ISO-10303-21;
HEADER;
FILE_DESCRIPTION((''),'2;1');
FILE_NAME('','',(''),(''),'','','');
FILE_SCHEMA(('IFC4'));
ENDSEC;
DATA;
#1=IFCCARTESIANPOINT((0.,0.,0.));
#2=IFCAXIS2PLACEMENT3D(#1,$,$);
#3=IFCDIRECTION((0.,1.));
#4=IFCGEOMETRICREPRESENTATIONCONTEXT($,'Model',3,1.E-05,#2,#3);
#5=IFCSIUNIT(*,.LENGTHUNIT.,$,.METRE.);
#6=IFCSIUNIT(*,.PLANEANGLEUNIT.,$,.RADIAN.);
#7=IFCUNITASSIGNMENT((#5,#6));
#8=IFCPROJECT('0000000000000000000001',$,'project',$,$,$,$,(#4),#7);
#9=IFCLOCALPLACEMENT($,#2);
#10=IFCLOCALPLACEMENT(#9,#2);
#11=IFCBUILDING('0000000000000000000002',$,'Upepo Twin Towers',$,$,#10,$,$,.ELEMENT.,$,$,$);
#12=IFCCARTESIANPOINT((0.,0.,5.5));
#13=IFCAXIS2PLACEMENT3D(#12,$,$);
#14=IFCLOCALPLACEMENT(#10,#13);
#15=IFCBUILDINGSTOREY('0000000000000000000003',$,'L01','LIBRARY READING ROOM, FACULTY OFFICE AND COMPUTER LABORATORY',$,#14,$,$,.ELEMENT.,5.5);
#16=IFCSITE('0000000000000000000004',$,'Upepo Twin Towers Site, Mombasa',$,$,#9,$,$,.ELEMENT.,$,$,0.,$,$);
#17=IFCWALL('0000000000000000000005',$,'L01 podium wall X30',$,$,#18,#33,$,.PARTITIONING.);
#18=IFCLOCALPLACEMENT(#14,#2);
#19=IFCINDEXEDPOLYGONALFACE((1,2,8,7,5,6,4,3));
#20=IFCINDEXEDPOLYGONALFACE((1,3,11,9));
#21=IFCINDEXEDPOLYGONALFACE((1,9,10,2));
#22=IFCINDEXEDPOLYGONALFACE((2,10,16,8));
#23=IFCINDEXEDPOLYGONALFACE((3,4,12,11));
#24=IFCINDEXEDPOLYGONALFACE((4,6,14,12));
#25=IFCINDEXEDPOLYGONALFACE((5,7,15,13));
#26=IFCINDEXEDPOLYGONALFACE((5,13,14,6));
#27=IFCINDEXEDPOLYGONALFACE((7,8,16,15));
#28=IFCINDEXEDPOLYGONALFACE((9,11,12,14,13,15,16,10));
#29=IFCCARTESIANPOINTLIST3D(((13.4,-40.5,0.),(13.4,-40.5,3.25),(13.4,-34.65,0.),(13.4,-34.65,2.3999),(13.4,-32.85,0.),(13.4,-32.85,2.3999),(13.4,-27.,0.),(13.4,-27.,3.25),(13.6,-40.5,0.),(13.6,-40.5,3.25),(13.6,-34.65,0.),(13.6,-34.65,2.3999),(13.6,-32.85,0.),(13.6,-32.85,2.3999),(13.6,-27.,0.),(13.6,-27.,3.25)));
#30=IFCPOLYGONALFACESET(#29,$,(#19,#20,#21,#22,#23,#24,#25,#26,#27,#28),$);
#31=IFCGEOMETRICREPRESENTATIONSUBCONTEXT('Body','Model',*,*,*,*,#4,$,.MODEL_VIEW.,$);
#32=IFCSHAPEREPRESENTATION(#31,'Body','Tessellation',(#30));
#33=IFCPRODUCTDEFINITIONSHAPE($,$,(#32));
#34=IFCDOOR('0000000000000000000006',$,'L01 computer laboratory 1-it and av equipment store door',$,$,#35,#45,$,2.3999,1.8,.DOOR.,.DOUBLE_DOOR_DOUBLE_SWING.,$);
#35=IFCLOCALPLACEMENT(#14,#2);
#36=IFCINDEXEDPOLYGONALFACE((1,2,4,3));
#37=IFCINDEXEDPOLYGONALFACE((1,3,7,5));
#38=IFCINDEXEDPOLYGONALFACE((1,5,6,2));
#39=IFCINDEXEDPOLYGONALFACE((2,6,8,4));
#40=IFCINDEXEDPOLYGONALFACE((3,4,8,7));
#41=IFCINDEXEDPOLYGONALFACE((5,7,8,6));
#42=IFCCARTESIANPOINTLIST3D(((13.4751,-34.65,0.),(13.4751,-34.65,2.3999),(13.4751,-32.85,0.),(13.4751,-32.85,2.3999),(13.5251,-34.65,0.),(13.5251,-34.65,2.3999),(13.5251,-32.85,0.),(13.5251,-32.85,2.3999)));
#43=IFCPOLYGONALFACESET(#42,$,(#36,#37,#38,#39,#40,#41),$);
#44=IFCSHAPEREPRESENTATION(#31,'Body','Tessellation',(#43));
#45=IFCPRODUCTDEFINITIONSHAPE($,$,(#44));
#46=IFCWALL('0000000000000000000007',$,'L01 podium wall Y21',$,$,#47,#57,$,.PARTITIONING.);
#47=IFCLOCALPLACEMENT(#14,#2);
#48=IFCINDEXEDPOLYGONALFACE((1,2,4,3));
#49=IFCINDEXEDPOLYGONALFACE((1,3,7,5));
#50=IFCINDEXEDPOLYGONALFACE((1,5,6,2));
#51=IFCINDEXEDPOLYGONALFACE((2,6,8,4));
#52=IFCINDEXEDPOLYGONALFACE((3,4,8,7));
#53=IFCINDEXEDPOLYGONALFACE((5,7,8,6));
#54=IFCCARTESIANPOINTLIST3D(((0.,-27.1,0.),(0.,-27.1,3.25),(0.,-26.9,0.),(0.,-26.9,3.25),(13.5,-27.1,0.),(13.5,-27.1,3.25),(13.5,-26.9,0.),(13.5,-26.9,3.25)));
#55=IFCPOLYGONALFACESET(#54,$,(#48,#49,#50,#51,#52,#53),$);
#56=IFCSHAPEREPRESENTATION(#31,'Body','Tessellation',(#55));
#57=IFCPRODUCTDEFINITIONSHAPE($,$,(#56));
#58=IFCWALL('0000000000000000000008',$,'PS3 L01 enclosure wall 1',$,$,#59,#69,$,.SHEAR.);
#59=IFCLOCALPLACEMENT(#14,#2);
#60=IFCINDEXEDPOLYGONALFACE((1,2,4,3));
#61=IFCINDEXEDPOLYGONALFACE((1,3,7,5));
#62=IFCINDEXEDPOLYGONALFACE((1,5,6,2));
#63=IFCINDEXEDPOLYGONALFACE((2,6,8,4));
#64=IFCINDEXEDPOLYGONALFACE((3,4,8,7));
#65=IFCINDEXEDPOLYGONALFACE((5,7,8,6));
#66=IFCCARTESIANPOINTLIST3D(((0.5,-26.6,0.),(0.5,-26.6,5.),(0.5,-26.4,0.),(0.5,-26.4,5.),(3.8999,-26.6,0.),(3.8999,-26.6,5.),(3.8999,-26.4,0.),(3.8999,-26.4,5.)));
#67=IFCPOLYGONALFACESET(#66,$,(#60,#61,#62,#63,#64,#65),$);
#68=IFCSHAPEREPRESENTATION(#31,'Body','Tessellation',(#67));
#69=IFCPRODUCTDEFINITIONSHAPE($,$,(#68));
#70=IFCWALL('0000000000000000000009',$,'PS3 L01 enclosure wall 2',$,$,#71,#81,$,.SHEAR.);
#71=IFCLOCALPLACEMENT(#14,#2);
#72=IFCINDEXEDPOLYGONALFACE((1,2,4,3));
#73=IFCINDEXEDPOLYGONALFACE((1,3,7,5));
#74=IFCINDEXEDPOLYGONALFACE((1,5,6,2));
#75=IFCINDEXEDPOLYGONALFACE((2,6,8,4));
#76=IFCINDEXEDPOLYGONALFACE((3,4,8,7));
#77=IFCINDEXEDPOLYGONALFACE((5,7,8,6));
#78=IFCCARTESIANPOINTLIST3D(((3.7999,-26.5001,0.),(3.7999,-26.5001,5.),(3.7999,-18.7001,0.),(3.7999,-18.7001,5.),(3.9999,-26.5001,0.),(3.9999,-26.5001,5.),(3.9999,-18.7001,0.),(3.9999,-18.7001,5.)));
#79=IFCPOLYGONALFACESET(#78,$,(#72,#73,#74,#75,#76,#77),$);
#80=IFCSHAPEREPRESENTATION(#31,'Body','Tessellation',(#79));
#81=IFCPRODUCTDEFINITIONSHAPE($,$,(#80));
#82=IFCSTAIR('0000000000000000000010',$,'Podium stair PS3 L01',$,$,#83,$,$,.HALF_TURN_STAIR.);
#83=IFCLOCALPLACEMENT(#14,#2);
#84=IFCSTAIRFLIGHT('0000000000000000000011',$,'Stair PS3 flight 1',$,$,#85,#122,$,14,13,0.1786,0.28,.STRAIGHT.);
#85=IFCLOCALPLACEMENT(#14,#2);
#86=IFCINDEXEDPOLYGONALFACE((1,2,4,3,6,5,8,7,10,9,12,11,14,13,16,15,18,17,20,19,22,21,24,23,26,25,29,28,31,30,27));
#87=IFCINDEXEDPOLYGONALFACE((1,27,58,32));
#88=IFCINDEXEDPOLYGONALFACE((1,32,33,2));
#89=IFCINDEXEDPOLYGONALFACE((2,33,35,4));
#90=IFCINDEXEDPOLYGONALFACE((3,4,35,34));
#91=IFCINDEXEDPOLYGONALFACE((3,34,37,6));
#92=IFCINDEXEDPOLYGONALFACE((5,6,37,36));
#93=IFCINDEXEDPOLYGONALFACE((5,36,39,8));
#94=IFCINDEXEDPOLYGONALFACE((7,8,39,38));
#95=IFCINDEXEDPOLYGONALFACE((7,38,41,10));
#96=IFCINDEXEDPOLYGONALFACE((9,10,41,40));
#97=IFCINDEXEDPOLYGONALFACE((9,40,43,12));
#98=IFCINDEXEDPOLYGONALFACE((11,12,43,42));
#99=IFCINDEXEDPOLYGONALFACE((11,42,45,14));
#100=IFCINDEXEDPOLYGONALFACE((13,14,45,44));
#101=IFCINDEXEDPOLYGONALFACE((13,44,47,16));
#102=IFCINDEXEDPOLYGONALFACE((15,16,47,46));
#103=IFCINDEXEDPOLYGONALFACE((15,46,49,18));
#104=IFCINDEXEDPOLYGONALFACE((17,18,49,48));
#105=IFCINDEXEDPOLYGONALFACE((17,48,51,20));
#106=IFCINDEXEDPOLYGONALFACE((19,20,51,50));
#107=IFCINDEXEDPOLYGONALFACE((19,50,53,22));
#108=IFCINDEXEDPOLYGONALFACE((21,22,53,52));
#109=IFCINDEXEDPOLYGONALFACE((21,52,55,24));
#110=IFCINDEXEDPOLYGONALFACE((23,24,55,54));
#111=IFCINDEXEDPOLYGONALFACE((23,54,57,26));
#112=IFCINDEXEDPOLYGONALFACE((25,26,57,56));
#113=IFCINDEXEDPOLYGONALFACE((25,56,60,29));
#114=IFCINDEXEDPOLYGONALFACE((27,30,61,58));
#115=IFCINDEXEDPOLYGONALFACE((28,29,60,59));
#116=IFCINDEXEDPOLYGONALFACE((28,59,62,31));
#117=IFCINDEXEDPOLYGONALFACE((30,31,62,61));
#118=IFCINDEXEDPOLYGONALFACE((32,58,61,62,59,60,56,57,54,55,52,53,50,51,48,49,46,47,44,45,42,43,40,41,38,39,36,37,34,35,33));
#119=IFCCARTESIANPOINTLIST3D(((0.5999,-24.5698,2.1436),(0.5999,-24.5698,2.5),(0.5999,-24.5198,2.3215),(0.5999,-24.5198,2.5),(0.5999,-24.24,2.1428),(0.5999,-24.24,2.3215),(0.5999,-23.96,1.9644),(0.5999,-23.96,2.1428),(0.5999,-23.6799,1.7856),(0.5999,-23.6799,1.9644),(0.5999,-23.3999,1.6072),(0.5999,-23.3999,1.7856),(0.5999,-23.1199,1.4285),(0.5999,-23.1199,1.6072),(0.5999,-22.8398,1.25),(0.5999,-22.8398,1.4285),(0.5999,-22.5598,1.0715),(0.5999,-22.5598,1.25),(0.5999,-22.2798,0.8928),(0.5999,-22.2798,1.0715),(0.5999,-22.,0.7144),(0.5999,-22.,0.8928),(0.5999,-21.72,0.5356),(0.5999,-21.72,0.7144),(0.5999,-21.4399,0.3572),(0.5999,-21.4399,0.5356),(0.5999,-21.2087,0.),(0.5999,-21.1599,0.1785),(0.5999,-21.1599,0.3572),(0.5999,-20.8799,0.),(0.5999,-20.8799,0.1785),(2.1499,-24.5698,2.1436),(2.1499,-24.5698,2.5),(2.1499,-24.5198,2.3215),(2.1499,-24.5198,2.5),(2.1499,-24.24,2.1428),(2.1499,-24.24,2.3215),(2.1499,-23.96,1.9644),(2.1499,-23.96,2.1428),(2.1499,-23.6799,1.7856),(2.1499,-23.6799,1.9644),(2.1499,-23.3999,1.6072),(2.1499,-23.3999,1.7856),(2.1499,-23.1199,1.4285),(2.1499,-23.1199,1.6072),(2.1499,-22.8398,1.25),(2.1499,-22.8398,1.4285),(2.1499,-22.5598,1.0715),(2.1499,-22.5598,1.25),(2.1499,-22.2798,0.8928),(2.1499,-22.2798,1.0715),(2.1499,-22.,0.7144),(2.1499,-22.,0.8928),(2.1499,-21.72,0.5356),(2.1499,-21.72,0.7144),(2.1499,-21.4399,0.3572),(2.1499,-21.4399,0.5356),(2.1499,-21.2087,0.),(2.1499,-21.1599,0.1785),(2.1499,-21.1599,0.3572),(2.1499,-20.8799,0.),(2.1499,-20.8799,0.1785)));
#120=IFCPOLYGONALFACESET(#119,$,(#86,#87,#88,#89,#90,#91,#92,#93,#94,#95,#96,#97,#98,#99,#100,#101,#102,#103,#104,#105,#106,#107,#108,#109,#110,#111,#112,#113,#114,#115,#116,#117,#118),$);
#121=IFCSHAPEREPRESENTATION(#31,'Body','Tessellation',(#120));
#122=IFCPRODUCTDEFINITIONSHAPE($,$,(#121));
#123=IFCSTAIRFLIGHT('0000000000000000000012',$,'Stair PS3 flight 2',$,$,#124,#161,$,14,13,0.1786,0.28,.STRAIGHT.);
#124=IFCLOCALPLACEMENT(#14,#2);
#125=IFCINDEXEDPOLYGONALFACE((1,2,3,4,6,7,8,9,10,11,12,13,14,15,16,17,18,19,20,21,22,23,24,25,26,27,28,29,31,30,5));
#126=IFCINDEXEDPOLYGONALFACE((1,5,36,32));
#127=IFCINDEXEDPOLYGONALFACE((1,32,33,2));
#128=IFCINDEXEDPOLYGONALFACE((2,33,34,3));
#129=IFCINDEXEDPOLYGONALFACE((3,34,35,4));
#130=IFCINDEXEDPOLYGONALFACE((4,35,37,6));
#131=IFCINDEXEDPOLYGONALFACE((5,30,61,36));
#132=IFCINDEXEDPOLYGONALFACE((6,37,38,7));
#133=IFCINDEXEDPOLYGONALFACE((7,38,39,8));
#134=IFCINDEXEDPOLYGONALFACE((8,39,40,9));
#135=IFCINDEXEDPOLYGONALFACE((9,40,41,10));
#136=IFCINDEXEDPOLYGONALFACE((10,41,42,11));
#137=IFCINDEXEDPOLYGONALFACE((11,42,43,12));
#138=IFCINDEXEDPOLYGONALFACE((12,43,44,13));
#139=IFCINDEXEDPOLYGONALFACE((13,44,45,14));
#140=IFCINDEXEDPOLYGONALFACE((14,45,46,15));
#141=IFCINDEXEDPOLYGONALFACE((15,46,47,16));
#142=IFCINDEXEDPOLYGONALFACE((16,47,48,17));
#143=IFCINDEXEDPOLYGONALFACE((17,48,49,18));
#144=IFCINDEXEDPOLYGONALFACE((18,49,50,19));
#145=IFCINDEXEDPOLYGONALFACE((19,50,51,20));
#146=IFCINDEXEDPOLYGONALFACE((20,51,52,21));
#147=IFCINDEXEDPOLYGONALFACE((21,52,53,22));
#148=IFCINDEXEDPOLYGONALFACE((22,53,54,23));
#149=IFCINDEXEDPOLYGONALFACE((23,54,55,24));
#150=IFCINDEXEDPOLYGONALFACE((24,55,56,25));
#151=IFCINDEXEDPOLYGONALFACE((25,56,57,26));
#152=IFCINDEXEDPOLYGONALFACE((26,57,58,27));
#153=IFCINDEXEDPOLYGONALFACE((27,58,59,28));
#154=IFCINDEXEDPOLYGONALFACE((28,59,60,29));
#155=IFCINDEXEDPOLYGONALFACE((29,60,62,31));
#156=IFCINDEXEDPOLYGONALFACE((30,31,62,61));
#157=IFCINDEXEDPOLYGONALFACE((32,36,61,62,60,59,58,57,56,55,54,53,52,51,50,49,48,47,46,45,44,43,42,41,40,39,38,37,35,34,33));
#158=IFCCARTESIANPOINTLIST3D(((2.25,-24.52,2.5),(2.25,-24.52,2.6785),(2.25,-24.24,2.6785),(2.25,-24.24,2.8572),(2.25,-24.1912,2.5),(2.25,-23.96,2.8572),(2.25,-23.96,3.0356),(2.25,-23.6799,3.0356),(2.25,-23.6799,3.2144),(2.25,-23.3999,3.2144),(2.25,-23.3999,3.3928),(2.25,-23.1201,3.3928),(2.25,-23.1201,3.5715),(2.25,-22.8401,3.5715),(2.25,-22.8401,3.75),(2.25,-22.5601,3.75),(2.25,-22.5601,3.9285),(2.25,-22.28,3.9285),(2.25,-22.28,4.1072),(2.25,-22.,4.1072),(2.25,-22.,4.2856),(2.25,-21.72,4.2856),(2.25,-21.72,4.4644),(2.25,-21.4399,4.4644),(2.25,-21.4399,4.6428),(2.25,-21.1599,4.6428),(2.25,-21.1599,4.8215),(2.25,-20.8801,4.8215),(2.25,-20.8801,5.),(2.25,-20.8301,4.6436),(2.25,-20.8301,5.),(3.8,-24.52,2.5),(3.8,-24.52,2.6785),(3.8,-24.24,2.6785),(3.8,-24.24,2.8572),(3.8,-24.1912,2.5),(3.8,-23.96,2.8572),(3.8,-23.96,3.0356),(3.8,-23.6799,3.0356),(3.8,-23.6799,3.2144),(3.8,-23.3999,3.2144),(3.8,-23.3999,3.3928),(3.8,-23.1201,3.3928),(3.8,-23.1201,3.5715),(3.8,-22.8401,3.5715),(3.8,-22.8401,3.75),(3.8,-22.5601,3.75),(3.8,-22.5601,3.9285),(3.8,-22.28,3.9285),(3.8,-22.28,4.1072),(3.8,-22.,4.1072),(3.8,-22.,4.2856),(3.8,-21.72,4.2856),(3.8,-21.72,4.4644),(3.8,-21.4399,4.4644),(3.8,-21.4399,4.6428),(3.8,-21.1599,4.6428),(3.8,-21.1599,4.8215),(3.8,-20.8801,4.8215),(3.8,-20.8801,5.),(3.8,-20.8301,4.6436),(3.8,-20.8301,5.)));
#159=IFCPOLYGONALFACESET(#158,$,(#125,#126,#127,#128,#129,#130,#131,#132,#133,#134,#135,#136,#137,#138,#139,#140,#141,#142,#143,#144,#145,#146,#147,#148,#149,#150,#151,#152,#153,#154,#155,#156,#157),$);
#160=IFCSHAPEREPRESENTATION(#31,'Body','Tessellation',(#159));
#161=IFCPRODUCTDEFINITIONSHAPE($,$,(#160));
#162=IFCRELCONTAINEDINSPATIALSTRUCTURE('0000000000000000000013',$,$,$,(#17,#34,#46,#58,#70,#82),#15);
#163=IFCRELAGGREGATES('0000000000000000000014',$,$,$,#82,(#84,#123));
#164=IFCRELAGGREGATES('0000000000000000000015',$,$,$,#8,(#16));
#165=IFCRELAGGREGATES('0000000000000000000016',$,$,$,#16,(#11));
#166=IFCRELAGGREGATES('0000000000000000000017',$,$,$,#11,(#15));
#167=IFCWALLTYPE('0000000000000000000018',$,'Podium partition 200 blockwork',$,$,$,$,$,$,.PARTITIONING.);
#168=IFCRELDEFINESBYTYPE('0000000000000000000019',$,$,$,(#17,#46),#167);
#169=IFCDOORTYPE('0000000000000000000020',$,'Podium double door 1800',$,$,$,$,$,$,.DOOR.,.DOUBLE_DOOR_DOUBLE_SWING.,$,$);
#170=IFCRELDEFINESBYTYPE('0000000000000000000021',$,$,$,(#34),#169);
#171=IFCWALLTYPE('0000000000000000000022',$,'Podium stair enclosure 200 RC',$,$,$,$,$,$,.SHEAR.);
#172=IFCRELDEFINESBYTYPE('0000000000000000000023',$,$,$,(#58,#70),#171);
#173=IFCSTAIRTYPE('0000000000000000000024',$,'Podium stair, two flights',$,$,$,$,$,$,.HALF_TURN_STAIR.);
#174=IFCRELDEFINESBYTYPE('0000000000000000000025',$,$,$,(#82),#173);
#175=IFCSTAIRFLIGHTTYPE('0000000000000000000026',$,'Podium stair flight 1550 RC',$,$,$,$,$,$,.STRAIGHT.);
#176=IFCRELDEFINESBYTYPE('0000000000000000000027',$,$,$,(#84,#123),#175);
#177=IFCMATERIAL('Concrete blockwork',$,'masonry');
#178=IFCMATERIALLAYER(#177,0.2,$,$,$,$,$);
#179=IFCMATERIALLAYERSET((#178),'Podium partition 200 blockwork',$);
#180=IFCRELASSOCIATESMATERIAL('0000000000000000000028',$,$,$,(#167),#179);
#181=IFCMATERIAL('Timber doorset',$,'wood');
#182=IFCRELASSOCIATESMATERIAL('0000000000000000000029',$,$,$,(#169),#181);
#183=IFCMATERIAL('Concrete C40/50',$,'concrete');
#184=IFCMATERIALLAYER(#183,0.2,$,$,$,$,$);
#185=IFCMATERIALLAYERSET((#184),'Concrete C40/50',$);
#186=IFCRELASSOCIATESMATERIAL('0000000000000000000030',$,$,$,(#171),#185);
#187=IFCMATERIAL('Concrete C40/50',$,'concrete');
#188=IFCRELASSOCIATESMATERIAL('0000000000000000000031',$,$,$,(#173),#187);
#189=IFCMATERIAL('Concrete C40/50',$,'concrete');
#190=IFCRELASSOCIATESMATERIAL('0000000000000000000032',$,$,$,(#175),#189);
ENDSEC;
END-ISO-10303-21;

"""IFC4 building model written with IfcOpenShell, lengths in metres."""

from ifc_helpers import new_model, si_unit, direction, frame, frame_2d, origin, place, context, subcontext, project, spatial, polyline, rectangle, outline, extrude, material, layer, layer_set, type_object, element, fill, aggregate, save


model = new_model("IFC4")

# Units and contexts
model_context = context("Model", 3, precision=1e-05, world=origin(), true_north=direction((0.0, 1.0)))
body_context = subcontext(model_context, "Body", "Model", "MODEL_VIEW")
ifc_project = project(units=[si_unit("LENGTHUNIT", "METRE"), si_unit("PLANEANGLEUNIT", "RADIAN")], contexts=[model_context])

# Site, building, storey
site_placement = place(None, origin())
site = spatial("IfcSite", under=ifc_project, at=site_placement, Name="Upepo Twin Towers Site, Mombasa", CompositionType="ELEMENT", RefElevation=0.0)
building_placement = place(site_placement, origin())
building = spatial("IfcBuilding", under=site, at=building_placement, Name="Upepo Twin Towers", CompositionType="ELEMENT")
storey_placement = place(building_placement, frame((0.0, 0.0, 5.5)))
storey = spatial("IfcBuildingStorey", under=building, at=storey_placement, Name="L01", Description="LIBRARY READING ROOM, FACULTY OFFICE AND COMPUTER LABORATORY", CompositionType="ELEMENT", Elevation=5.5)

# Wall, opening, door
ifc_material_1 = material(Name="Concrete blockwork", Category="masonry")
ifc_layer_1 = layer(ifc_material_1, 0.2)
ifc_layer_set_1 = layer_set([ifc_layer_1], Name="Podium partition 200 blockwork")
wall_type_1 = type_object("IfcWallType", Name="Podium partition 200 blockwork", PredefinedType="PARTITIONING", material=ifc_layer_set_1)
wall_1_placement = place(storey_placement, frame((13.5, -40.5, 0.0), z_axis=(0.0, 0.0, 1.0), x_axis=(0.0, 1.0, 0.0)))
wall_1 = element("IfcWall", 1, at=wall_1_placement, inside=storey, type_object=wall_type_1, Name="L01 podium wall X30", PredefinedType="PARTITIONING", context=body_context, shape_type="SweptSolid", body=[
    extrude(rectangle(XDim=13.5, YDim=0.2, at=frame_2d((6.75, 0.0))), origin(), (0.0, 0.0, 1.0), 3.25),
])
opening_placement = place(wall_1_placement, frame((5.8501, 0.0, 0.0)))
opening = element("IfcOpeningElement", 2, at=opening_placement, cuts=wall_1, PredefinedType="OPENING", context=body_context, shape_type="SweptSolid", body=[
    extrude(rectangle(XDim=1.8, YDim=2.3999, at=frame_2d((0.8999, 1.2))), frame((0.0, 0.1099, 0.0), z_axis=(0.0, -1.0, 0.0), x_axis=(1.0, 0.0, 0.0)), (0.0, 0.0, 1.0), 0.22),
])
ifc_material_2 = material(Name="Timber doorset", Category="wood")
door_type = type_object("IfcDoorType", Name="Podium double door 1800", OperationType="DOUBLE_DOOR_DOUBLE_SWING", PredefinedType="DOOR", material=ifc_material_2)
door_placement = place(opening_placement, origin())
door = element("IfcDoor", 3, at=door_placement, inside=storey, type_object=door_type, Name="L01 computer laboratory 1-it and av equipment store door", OperationType="DOUBLE_DOOR_DOUBLE_SWING", OverallHeight=2.3999, OverallWidth=1.8, PredefinedType="DOOR", context=body_context, shape_type="SweptSolid", body=[
    extrude(rectangle(XDim=1.8, YDim=2.3999, at=frame_2d((0.8999, 1.2))), frame((0.0, 0.0249, 0.0), z_axis=(0.0, -1.0, 0.0), x_axis=(1.0, 0.0, 0.0)), (0.0, 0.0, 1.0), 0.05),
])
fill(opening, door)

# Walls
wall_2_placement = place(storey_placement, frame((0.0, -27.0, 0.0), z_axis=(0.0, 0.0, 1.0), x_axis=(1.0, 0.0, 0.0)))
element("IfcWall", 4, at=wall_2_placement, inside=storey, type_object=wall_type_1, Name="L01 podium wall Y21", PredefinedType="PARTITIONING", context=body_context, shape_type="SweptSolid", body=[
    extrude(rectangle(XDim=13.5, YDim=0.2, at=frame_2d((6.75, 0.0))), origin(), (0.0, 0.0, 1.0), 3.25),
])
ifc_material_3 = material(Name="Concrete C40/50", Category="concrete")
ifc_layer_2 = layer(ifc_material_3, 0.2)
ifc_layer_set_2 = layer_set([ifc_layer_2], Name="Concrete C40/50")
wall_type_2 = type_object("IfcWallType", Name="Podium stair enclosure 200 RC", PredefinedType="SHEAR", material=ifc_layer_set_2)
wall_3_placement = place(storey_placement, frame((0.5, -26.5, 0.0), z_axis=(0.0, 0.0, 1.0), x_axis=(1.0, 0.0, 0.0)))
element("IfcWall", 5, at=wall_3_placement, inside=storey, type_object=wall_type_2, Name="PS3 L01 enclosure wall 1", PredefinedType="SHEAR", context=body_context, shape_type="SweptSolid", body=[
    extrude(rectangle(XDim=3.3999, YDim=0.2, at=frame_2d((1.7, 0.0))), origin(), (0.0, 0.0, 1.0), 5.0),
])
wall_4_placement = place(storey_placement, frame((3.8999, -26.5, 0.0), z_axis=(0.0, 0.0, 1.0), x_axis=(0.0, 1.0, 0.0)))
element("IfcWall", 6, at=wall_4_placement, inside=storey, type_object=wall_type_2, Name="PS3 L01 enclosure wall 2", PredefinedType="SHEAR", context=body_context, shape_type="SweptSolid", body=[
    extrude(rectangle(XDim=7.8, YDim=0.2, at=frame_2d((3.8999, 0.0))), origin(), (0.0, 0.0, 1.0), 5.0),
])

# Stair, stair flights
ifc_material_4 = material(Name="Concrete C40/50", Category="concrete")
stair_type = type_object("IfcStairType", Name="Podium stair, two flights", PredefinedType="HALF_TURN_STAIR", material=ifc_material_4)
stair_placement = place(storey_placement, origin())
stair = element("IfcStair", 7, at=stair_placement, inside=storey, type_object=stair_type, Name="Podium stair PS3 L01", PredefinedType="HALF_TURN_STAIR")
ifc_material_5 = material(Name="Concrete C40/50", Category="concrete")
stair_flight_type = type_object("IfcStairFlightType", Name="Podium stair flight 1550 RC", PredefinedType="STRAIGHT", material=ifc_material_5)
stair_flight_1_placement = place(storey_placement, frame((1.375, -20.8799, 0.0), z_axis=(0.0, 0.0, 1.0), x_axis=(0.0, -1.0, 0.0)))
stair_flight_1 = element("IfcStairFlight", 8, at=stair_flight_1_placement, type_object=stair_flight_type, Name="Stair PS3 flight 1", NumberOfRisers=14, NumberOfTreads=13, PredefinedType="STRAIGHT", RiserHeight=0.1786, TreadLength=0.28, context=body_context, shape_type="SweptSolid", body=[
    extrude(outline(polyline([(0.0, 0.0), (0.0, 0.1785), (0.28, 0.1785), (0.28, 0.3572), (0.5601, 0.3572), (0.5601, 0.5356), (0.8401, 0.5356), (0.8401, 0.7144), (1.1201, 0.7144), (1.1201, 0.8928), (1.3999, 0.8928), (1.3999, 1.0715), (1.6799, 1.0715), (1.6799, 1.25), (1.96, 1.25), (1.96, 1.4285), (2.24, 1.4285), (2.24, 1.6072), (2.52, 1.6072), (2.52, 1.7856), (2.8, 1.7856), (2.8, 1.9644), (3.0801, 1.9644), (3.0801, 2.1428), (3.3601, 2.1428), (3.3601, 2.3215), (3.6399, 2.3215), (3.6399, 2.5), (3.6899, 2.5), (3.6899, 2.1436), (0.3289, 0.0), (0.0, 0.0)])), frame((0.0, 0.7749, 0.0), z_axis=(0.0, -1.0, 0.0), x_axis=(1.0, 0.0, 0.0)), (0.0, 0.0, 1.0), 1.55),
])
stair_flight_2_placement = place(storey_placement, frame((3.0249, -24.52, 2.5), z_axis=(0.0, 0.0, 1.0), x_axis=(0.0, 1.0, 0.0)))
stair_flight_2 = element("IfcStairFlight", 9, at=stair_flight_2_placement, type_object=stair_flight_type, Name="Stair PS3 flight 2", NumberOfRisers=14, NumberOfTreads=13, PredefinedType="STRAIGHT", RiserHeight=0.1786, TreadLength=0.28, context=body_context, shape_type="SweptSolid", body=[
    extrude(outline(polyline([(0.0, 0.0), (0.0, 0.1785), (0.28, 0.1785), (0.28, 0.3572), (0.5601, 0.3572), (0.5601, 0.5356), (0.8401, 0.5356), (0.8401, 0.7144), (1.1201, 0.7144), (1.1201, 0.8928), (1.3999, 0.8928), (1.3999, 1.0715), (1.6799, 1.0715), (1.6799, 1.25), (1.96, 1.25), (1.96, 1.4285), (2.24, 1.4285), (2.24, 1.6072), (2.52, 1.6072), (2.52, 1.7856), (2.8, 1.7856), (2.8, 1.9644), (3.0801, 1.9644), (3.0801, 2.1428), (3.3601, 2.1428), (3.3601, 2.3215), (3.6399, 2.3215), (3.6399, 2.5), (3.6899, 2.5), (3.6899, 2.1436), (0.3289, 0.0), (0.0, 0.0)])), frame((0.0, 0.7749, 0.0), z_axis=(0.0, -1.0, 0.0), x_axis=(1.0, 0.0, 0.0)), (0.0, 0.0, 1.0), 1.55),
])
aggregate(stair, [stair_flight_1, stair_flight_2])

save(model, "model.ifc")
